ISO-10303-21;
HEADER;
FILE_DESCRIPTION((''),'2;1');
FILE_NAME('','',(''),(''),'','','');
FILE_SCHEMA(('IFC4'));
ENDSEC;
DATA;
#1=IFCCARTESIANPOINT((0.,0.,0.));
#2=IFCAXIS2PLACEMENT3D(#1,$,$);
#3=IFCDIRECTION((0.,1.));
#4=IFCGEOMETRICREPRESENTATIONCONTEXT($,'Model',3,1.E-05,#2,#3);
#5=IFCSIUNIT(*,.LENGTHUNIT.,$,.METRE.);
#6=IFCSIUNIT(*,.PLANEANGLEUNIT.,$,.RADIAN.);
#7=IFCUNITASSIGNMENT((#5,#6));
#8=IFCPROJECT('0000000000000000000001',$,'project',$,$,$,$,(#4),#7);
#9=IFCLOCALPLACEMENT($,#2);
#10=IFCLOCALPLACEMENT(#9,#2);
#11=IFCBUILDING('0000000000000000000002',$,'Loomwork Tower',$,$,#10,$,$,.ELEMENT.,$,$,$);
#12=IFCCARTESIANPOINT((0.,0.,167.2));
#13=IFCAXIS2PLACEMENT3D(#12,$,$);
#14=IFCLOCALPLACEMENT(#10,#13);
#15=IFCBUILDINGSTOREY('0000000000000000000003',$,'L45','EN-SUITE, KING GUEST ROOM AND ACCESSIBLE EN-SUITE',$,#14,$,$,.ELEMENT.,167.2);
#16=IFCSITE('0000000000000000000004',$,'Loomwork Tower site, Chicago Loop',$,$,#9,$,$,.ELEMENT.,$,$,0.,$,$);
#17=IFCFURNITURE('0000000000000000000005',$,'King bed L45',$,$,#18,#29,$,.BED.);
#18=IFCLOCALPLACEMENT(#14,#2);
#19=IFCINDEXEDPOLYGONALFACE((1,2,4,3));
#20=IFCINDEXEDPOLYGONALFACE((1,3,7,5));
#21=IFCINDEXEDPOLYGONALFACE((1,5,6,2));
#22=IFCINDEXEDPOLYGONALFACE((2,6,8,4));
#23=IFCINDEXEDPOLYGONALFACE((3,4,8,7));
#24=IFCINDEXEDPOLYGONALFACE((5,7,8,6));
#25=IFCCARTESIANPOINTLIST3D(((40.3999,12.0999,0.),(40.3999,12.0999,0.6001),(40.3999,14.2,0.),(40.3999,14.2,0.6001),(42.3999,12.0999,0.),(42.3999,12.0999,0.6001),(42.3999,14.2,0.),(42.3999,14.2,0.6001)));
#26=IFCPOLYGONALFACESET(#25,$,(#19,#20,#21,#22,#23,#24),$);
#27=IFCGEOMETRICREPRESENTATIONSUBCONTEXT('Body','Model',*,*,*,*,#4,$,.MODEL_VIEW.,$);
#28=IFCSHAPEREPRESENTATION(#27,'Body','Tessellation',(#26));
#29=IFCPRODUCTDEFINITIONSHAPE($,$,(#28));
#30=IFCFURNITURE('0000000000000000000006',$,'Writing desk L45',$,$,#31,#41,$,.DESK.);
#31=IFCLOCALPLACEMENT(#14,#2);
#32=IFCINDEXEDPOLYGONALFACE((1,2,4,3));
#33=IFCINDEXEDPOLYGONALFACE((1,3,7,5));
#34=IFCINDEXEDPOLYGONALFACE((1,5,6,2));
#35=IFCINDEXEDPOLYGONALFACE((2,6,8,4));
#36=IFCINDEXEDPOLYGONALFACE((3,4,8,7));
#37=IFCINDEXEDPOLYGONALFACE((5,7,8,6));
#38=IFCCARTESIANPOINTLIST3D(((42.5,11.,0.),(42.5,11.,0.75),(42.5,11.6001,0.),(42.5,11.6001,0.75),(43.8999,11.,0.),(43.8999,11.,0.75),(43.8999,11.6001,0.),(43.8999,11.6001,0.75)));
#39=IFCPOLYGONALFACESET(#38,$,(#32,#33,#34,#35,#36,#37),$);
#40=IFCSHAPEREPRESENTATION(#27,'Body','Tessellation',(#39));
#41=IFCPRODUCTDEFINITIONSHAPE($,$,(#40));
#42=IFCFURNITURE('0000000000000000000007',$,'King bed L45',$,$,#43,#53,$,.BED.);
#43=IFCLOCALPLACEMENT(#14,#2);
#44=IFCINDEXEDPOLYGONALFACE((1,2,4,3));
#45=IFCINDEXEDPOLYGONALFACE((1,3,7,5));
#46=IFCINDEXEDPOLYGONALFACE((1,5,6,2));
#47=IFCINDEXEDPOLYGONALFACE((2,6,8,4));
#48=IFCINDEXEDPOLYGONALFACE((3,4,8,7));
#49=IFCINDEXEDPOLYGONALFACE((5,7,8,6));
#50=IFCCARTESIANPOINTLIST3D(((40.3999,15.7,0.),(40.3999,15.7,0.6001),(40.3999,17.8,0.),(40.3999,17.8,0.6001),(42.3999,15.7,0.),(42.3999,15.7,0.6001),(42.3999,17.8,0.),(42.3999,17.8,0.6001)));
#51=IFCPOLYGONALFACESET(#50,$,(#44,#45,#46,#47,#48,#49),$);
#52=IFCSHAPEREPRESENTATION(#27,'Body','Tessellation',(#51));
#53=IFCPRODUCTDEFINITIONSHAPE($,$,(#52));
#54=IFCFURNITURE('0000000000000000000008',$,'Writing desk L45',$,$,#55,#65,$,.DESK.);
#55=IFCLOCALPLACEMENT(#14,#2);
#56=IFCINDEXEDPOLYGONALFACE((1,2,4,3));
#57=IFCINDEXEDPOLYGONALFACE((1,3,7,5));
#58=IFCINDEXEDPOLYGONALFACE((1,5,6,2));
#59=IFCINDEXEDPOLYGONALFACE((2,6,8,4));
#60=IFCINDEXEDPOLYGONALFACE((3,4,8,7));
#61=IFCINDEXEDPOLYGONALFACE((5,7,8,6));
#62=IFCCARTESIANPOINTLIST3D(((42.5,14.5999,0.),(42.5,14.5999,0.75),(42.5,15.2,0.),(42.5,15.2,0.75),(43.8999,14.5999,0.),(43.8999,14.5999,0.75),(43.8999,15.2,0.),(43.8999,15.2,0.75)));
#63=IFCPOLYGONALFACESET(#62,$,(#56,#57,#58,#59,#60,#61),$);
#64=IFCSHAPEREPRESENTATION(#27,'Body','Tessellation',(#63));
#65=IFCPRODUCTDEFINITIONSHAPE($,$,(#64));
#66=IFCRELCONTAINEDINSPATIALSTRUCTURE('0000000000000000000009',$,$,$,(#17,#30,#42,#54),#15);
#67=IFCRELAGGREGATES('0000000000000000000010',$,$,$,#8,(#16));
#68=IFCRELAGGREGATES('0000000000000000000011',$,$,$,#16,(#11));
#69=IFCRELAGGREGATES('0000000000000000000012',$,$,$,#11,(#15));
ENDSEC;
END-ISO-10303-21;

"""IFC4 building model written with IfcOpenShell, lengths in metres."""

from ifc_helpers import new_model, si_unit, direction, frame, origin, origin_2d, place, context, subcontext, project, spatial, rectangle, extrude, element, save


model = new_model("IFC4")

# Units and contexts
model_context = context("Model", 3, precision=1e-05, world=origin(), true_north=direction((0.0, 1.0)))
body_context = subcontext(model_context, "Body", "Model", "MODEL_VIEW")
ifc_project = project(units=[si_unit("LENGTHUNIT", "METRE"), si_unit("PLANEANGLEUNIT", "RADIAN")], contexts=[model_context])

# Site, building, storey
site_placement = place(None, origin())
site = spatial("IfcSite", under=ifc_project, at=site_placement, Name="Loomwork Tower site, Chicago Loop", CompositionType="ELEMENT", RefElevation=0.0)
building_placement = place(site_placement, origin())
building = spatial("IfcBuilding", under=site, at=building_placement, Name="Loomwork Tower", CompositionType="ELEMENT")
storey_placement = place(building_placement, frame((0.0, 0.0, 167.2)))
storey = spatial("IfcBuildingStorey", under=building, at=storey_placement, Name="L45", Description="EN-SUITE, KING GUEST ROOM AND ACCESSIBLE EN-SUITE", CompositionType="ELEMENT", Elevation=167.2)

# Furniture
furniture_1_placement = place(storey_placement, frame((41.3999, 13.1499, 0.0), z_axis=(0.0, 0.0, 1.0), x_axis=(1.0, 0.0, 0.0)))
element("IfcFurniture", 1, at=furniture_1_placement, inside=storey, Name="King bed L45", PredefinedType="BED", context=body_context, shape_type="SweptSolid", body=[
    extrude(rectangle(XDim=2.0, YDim=2.1001, at=origin_2d()), origin(), (0.0, 0.0, 1.0), 0.6001),
])
furniture_2_placement = place(storey_placement, frame((43.2, 11.3, 0.0), z_axis=(0.0, 0.0, 1.0), x_axis=(1.0, 0.0, 0.0)))
element("IfcFurniture", 2, at=furniture_2_placement, inside=storey, Name="Writing desk L45", PredefinedType="DESK", context=body_context, shape_type="SweptSolid", body=[
    extrude(rectangle(XDim=1.3999, YDim=0.6001, at=origin_2d()), origin(), (0.0, 0.0, 1.0), 0.75),
])
furniture_3_placement = place(storey_placement, frame((41.3999, 16.75, 0.0), z_axis=(0.0, 0.0, 1.0), x_axis=(1.0, 0.0, 0.0)))
element("IfcFurniture", 3, at=furniture_3_placement, inside=storey, Name="King bed L45", PredefinedType="BED", context=body_context, shape_type="SweptSolid", body=[
    extrude(rectangle(XDim=2.0, YDim=2.1001, at=origin_2d()), origin(), (0.0, 0.0, 1.0), 0.6001),
])
furniture_4_placement = place(storey_placement, frame((43.2, 14.8999, 0.0), z_axis=(0.0, 0.0, 1.0), x_axis=(1.0, 0.0, 0.0)))
element("IfcFurniture", 4, at=furniture_4_placement, inside=storey, Name="Writing desk L45", PredefinedType="DESK", context=body_context, shape_type="SweptSolid", body=[
    extrude(rectangle(XDim=1.3999, YDim=0.6001, at=origin_2d()), origin(), (0.0, 0.0, 1.0), 0.75),
])

save(model, "model.ifc")
